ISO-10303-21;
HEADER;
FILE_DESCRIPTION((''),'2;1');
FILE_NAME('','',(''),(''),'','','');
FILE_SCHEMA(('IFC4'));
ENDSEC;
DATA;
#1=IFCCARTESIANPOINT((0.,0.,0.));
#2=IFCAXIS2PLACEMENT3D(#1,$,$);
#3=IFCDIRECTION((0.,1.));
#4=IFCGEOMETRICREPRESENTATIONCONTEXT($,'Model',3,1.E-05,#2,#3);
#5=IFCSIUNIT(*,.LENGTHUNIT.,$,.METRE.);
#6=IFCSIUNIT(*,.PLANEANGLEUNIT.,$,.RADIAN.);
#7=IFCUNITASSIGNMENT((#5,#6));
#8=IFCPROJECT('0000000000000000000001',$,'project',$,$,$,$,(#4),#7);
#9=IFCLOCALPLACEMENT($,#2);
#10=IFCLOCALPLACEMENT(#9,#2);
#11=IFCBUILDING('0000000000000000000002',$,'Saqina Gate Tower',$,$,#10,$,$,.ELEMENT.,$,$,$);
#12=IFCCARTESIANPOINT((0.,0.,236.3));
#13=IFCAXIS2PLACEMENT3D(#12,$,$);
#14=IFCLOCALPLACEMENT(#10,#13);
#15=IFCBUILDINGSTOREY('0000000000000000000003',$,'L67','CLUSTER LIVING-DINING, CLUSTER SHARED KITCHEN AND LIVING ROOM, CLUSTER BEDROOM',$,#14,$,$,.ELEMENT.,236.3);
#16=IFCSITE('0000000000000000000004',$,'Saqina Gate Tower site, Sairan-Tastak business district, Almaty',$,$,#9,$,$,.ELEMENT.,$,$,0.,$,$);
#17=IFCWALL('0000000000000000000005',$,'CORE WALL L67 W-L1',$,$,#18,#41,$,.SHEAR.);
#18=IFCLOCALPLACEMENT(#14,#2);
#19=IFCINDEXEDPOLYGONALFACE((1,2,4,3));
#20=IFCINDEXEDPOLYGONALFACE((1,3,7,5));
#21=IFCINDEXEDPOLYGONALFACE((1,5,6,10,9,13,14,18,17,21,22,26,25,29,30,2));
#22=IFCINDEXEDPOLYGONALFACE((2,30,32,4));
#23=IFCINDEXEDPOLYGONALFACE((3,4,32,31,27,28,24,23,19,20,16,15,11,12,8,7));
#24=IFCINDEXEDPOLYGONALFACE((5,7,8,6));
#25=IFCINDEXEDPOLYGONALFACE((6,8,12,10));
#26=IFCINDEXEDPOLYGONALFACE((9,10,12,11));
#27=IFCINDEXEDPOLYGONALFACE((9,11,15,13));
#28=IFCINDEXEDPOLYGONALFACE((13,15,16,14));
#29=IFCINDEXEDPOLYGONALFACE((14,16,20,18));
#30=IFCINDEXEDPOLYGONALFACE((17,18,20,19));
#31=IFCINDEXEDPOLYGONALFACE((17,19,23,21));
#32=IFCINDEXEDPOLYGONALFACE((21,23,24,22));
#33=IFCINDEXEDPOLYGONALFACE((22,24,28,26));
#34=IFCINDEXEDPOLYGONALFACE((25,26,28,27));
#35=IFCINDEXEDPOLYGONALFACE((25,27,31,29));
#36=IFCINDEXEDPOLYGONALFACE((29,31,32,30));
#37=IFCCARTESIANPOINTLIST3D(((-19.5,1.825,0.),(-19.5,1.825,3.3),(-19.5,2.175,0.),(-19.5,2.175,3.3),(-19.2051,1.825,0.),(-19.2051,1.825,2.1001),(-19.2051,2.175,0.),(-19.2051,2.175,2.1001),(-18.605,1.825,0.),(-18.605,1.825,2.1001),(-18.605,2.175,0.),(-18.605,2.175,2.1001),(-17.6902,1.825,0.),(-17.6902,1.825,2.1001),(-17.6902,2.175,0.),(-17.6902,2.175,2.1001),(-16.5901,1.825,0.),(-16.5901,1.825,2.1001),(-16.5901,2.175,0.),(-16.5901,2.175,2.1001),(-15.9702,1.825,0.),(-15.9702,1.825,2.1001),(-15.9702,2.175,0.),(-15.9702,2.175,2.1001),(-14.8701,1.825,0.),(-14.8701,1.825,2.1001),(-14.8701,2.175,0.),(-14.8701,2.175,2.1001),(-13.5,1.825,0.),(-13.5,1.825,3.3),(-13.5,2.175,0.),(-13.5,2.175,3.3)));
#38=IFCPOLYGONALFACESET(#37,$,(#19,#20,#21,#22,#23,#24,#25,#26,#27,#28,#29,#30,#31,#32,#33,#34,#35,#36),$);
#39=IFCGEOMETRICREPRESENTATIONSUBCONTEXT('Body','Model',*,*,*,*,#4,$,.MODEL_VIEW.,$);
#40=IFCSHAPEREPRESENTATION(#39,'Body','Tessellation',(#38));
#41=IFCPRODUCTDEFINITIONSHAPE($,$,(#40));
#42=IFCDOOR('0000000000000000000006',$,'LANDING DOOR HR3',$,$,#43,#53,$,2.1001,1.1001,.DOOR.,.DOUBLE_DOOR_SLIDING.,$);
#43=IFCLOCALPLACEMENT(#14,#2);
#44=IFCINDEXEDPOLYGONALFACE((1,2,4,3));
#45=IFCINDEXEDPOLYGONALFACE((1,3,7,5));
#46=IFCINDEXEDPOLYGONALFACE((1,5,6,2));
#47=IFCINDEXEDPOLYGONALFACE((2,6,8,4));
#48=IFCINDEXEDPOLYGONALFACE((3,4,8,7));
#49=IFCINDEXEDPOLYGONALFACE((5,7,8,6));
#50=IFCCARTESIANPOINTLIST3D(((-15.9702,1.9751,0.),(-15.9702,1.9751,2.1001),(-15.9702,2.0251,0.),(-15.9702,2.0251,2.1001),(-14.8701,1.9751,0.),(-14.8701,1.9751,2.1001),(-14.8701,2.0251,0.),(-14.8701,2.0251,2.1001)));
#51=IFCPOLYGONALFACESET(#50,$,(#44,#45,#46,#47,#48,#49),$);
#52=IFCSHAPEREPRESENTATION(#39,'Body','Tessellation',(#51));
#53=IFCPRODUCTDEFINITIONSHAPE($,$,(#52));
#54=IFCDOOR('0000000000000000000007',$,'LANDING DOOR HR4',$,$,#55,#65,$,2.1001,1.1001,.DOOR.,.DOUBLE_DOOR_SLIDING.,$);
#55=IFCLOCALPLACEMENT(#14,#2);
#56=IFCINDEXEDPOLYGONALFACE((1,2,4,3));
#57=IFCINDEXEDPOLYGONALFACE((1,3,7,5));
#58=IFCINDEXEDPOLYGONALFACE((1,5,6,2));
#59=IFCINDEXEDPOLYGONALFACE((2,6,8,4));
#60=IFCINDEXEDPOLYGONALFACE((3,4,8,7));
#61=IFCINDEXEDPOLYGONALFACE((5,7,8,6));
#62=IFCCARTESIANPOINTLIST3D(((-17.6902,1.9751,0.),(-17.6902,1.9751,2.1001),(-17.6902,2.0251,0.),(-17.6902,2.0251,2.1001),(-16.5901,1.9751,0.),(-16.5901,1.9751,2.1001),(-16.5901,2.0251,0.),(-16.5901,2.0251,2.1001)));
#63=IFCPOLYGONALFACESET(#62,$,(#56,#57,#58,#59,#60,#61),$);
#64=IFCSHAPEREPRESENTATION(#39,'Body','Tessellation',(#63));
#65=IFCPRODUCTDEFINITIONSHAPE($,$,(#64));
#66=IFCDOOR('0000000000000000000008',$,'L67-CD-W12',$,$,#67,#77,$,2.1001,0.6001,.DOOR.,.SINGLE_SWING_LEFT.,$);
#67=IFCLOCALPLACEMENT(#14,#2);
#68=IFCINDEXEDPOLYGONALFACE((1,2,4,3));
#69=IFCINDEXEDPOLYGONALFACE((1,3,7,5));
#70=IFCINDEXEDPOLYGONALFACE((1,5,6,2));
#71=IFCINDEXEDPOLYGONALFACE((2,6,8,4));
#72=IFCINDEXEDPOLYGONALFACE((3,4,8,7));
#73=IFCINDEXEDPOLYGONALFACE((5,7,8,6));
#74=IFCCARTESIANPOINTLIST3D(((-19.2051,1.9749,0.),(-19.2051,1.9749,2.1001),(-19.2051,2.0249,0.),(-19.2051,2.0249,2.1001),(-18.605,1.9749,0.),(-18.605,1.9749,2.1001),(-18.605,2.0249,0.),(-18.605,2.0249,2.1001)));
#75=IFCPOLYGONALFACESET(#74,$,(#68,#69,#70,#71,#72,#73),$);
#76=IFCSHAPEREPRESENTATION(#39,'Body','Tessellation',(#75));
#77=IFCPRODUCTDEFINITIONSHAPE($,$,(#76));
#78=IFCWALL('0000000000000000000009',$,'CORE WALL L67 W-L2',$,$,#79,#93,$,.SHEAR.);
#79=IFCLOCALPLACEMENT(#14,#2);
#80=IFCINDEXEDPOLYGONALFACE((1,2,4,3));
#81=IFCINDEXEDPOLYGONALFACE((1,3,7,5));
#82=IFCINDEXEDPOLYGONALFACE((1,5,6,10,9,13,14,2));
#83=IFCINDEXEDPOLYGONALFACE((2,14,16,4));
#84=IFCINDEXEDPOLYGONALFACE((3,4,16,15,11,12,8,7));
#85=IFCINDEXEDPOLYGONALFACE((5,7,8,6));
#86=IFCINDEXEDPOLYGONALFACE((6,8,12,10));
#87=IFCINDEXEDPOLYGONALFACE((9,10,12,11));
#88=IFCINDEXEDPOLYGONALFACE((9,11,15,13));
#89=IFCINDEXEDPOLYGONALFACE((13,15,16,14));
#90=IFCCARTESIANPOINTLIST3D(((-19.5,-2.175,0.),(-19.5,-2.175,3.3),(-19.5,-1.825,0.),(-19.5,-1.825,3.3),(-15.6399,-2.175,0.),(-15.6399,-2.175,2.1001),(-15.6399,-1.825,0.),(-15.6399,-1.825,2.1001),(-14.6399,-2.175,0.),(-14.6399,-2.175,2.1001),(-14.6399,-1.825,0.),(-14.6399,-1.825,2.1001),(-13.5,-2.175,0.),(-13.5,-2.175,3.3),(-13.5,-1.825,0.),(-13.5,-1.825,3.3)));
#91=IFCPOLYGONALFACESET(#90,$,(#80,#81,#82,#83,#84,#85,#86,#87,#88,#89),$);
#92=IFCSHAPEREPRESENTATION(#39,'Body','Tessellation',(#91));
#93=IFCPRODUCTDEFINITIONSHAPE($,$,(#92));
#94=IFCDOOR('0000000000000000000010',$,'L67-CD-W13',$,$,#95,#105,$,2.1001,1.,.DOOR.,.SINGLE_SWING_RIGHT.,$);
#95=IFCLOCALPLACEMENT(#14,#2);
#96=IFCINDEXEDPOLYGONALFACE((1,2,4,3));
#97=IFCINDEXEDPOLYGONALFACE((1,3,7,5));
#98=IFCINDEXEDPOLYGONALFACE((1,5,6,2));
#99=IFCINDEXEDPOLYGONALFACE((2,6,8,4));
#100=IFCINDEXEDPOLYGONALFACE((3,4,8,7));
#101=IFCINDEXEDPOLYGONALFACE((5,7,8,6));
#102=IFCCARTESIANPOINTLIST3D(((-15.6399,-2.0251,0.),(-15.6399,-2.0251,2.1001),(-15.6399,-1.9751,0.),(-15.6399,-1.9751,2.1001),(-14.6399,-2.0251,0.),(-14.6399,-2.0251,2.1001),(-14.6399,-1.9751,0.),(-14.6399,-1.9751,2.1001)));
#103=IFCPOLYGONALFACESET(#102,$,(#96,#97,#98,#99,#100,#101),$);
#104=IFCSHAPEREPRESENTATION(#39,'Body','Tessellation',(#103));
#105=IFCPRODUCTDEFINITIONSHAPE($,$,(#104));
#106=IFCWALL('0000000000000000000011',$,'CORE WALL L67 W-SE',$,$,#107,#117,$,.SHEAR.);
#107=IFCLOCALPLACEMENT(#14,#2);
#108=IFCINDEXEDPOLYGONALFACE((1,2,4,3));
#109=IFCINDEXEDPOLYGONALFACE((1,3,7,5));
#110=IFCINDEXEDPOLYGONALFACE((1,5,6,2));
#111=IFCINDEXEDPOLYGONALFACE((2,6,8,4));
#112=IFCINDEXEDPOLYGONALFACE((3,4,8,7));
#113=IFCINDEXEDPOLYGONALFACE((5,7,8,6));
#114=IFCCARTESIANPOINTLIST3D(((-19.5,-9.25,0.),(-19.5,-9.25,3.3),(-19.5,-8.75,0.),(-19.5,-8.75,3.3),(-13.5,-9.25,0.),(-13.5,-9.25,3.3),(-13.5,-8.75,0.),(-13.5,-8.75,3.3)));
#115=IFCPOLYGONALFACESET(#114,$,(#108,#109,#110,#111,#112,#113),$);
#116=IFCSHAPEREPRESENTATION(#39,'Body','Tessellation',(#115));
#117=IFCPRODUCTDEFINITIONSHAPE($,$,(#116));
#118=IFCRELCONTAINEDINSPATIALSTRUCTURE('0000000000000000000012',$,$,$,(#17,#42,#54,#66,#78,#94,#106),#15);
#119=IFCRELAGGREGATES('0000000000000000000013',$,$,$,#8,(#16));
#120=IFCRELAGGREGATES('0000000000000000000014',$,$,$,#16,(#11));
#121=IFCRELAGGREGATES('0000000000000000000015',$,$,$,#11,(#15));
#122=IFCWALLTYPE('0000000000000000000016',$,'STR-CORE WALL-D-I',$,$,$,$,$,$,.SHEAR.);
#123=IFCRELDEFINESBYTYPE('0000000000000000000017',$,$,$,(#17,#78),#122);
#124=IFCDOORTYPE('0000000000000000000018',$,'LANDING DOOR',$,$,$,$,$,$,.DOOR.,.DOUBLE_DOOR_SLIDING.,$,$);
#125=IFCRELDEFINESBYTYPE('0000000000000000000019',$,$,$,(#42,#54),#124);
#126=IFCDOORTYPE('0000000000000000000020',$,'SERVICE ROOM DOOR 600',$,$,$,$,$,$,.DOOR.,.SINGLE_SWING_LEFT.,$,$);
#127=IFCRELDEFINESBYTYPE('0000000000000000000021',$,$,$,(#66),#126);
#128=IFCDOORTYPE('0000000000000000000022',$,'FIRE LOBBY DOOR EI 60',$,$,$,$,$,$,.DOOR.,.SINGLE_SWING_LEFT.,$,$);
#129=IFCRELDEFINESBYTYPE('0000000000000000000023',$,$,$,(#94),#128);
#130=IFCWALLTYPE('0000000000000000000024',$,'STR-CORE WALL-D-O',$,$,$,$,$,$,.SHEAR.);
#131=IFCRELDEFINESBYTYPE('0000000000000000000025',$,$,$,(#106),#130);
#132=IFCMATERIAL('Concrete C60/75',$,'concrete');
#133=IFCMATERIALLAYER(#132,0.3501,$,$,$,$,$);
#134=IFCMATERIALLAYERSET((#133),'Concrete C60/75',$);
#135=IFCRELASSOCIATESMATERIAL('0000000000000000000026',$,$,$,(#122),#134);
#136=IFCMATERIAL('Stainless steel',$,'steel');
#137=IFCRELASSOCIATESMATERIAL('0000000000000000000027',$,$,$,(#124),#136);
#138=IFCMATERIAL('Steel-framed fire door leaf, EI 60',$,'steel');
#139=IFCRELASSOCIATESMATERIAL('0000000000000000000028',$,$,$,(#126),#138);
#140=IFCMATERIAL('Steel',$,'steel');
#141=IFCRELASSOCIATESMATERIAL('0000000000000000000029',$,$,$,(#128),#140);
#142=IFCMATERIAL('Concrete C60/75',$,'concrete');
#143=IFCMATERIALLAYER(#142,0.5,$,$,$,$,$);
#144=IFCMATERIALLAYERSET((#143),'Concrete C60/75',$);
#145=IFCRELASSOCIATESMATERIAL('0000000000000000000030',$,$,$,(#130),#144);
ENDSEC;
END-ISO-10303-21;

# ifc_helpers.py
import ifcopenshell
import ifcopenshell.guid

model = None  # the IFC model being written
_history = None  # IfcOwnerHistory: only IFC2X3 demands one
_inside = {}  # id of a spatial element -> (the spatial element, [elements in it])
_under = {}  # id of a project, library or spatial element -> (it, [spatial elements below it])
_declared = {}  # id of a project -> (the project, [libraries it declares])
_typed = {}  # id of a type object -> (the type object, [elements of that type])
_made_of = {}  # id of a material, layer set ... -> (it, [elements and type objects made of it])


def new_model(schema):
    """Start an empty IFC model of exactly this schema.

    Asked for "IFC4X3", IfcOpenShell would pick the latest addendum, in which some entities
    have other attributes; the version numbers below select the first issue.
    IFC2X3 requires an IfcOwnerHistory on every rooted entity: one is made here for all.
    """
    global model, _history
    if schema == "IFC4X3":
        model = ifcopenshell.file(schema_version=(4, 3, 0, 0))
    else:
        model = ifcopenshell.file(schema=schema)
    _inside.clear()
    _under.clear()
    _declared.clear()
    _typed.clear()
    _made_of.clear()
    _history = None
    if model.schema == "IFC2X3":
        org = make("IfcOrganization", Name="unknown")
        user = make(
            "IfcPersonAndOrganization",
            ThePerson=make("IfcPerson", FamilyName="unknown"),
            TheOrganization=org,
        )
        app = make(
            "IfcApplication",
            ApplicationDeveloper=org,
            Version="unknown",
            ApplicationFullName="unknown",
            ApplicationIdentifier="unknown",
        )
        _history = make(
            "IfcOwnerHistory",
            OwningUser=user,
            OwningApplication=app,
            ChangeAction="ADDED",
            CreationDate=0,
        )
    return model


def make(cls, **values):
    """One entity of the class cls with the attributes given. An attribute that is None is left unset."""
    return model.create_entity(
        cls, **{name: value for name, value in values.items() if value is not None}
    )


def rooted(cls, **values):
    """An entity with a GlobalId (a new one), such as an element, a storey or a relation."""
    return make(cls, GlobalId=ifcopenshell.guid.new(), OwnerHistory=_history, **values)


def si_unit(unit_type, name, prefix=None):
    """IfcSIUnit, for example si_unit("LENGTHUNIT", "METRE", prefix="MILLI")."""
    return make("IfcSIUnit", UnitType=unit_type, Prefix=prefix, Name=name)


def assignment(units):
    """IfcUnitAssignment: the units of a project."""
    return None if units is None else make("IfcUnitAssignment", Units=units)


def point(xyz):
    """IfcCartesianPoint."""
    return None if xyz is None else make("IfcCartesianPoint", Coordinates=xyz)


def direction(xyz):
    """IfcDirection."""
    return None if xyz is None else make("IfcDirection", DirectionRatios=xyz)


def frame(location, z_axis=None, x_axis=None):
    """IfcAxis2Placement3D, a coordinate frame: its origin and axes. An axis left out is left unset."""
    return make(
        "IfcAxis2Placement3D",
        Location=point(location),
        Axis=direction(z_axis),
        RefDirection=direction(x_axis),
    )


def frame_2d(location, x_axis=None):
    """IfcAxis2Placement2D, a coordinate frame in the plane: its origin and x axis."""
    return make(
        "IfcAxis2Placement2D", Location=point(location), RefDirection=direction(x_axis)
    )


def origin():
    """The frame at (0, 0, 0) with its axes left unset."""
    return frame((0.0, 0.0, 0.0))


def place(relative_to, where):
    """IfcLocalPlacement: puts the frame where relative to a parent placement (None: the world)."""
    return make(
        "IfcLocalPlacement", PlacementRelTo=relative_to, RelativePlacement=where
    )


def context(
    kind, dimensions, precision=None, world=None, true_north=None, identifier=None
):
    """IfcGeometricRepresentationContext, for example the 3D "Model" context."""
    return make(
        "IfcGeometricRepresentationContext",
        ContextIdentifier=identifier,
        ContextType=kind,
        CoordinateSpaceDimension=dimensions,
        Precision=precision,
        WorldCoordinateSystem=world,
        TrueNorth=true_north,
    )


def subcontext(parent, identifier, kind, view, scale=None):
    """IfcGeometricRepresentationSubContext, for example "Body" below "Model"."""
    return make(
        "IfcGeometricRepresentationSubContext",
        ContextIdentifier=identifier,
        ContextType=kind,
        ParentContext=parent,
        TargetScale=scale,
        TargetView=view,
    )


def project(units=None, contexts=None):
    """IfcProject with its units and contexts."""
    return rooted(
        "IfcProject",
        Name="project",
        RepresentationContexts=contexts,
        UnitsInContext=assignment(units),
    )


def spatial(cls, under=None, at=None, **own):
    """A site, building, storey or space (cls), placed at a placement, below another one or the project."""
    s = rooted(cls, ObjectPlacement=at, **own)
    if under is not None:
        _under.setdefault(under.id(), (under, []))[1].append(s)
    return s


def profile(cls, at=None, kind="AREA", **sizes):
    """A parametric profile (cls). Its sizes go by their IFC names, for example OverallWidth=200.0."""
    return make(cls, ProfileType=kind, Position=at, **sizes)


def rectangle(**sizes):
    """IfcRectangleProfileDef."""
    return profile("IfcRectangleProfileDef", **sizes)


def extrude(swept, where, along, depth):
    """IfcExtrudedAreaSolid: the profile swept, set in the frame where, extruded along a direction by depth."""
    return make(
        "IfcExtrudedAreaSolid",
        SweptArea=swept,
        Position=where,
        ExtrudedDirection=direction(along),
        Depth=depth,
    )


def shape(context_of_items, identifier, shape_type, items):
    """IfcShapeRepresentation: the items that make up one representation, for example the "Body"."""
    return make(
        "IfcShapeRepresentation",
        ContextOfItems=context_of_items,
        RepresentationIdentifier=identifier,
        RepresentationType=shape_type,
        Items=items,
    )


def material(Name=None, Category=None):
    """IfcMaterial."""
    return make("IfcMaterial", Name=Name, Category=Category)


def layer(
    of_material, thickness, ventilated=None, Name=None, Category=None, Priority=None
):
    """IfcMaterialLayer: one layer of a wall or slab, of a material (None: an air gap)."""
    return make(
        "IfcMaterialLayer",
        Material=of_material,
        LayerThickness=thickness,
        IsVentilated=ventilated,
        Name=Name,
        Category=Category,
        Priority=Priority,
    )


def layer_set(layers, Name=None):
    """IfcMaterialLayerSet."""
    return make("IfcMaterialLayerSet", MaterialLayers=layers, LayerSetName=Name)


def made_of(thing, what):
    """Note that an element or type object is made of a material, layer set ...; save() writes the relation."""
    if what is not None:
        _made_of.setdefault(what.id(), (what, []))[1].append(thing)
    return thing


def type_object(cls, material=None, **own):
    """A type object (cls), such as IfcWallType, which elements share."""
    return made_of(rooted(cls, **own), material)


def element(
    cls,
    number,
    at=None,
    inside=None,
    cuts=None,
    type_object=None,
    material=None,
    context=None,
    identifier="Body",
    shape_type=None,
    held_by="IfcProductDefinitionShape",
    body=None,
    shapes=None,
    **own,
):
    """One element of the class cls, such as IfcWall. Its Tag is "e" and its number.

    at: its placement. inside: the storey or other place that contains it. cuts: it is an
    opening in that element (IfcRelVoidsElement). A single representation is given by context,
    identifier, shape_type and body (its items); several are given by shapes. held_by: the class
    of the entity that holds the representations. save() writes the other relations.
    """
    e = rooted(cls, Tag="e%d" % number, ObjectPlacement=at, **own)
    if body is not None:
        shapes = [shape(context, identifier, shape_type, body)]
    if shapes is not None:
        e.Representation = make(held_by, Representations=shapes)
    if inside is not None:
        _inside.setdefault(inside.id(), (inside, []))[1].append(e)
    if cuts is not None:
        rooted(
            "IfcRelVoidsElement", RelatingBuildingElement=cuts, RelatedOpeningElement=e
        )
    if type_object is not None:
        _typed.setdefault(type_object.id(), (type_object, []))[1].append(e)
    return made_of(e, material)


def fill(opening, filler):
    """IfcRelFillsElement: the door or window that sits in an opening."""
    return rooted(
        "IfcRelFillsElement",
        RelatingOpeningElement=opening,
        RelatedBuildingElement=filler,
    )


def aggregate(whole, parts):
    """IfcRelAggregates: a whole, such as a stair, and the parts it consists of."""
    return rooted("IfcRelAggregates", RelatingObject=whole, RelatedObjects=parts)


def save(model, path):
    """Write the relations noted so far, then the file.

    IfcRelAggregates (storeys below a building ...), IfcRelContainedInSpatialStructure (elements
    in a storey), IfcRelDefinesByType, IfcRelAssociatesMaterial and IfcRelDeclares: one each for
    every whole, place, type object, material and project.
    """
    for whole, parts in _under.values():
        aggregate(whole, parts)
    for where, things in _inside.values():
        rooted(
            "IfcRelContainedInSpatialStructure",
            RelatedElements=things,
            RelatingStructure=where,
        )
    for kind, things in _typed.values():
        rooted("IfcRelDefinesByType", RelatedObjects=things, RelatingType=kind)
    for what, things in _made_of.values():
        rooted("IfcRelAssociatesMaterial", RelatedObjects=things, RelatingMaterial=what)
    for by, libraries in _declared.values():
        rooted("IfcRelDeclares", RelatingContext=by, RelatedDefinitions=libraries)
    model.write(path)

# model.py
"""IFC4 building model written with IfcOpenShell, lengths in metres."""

from ifc_helpers import new_model, si_unit, direction, frame, frame_2d, origin, place, context, subcontext, project, spatial, rectangle, extrude, material, layer, layer_set, type_object, element, fill, save


model = new_model("IFC4")

# Units and contexts
model_context = context("Model", 3, precision=1e-05, world=origin(), true_north=direction((0.0, 1.0)))
body_context = subcontext(model_context, "Body", "Model", "MODEL_VIEW")
ifc_project = project(units=[si_unit("LENGTHUNIT", "METRE"), si_unit("PLANEANGLEUNIT", "RADIAN")], contexts=[model_context])

# Site, building, storey
site_placement = place(None, origin())
site = spatial("IfcSite", under=ifc_project, at=site_placement, Name="Saqina Gate Tower site, Sairan-Tastak business district, Almaty", CompositionType="ELEMENT", RefElevation=0.0)
building_placement = place(site_placement, origin())
building = spatial("IfcBuilding", under=site, at=building_placement, Name="Saqina Gate Tower", CompositionType="ELEMENT")
storey_placement = place(building_placement, frame((0.0, 0.0, 236.3)))
storey = spatial("IfcBuildingStorey", under=building, at=storey_placement, Name="L67", Description="CLUSTER LIVING-DINING, CLUSTER SHARED KITCHEN AND LIVING ROOM, CLUSTER BEDROOM", CompositionType="ELEMENT", Elevation=236.3)

# Shared definitions
ifc_material_1 = material(Name="Concrete C60/75", Category="concrete")
ifc_layer_1 = layer(ifc_material_1, 0.3501)
ifc_layer_set_1 = layer_set([ifc_layer_1], Name="Concrete C60/75")
wall_type_1 = type_object("IfcWallType", Name="STR-CORE WALL-D-I", PredefinedType="SHEAR", material=ifc_layer_set_1)

# Wall, openings, doors
wall_1_placement = place(storey_placement, frame((-13.5, 2.0, 0.0), z_axis=(0.0, 0.0, 1.0), x_axis=(-1.0, 0.0, 0.0)))
wall_1 = element("IfcWall", 1, at=wall_1_placement, inside=storey, type_object=wall_type_1, Name="CORE WALL L67 W-L1", PredefinedType="SHEAR", context=body_context, shape_type="SweptSolid", body=[
    extrude(rectangle(XDim=6.0, YDim=0.3501, at=frame_2d((3.0, 0.0))), origin(), (0.0, 0.0, 1.0), 3.3),
])
opening_1_placement = place(wall_1_placement, frame((1.3701, 0.0, 0.0)))
opening_1 = element("IfcOpeningElement", 2, at=opening_1_placement, cuts=wall_1, PredefinedType="OPENING", context=body_context, shape_type="SweptSolid", body=[
    extrude(rectangle(XDim=1.1001, YDim=2.1001, at=frame_2d((0.55, 1.05))), frame((0.0, 0.187, 0.0), z_axis=(0.0, -1.0, 0.0), x_axis=(1.0, 0.0, 0.0)), (0.0, 0.0, 1.0), 0.374),
])
opening_2_placement = place(wall_1_placement, frame((3.0901, 0.0, 0.0)))
opening_2 = element("IfcOpeningElement", 3, at=opening_2_placement, cuts=wall_1, PredefinedType="OPENING", context=body_context, shape_type="SweptSolid", body=[
    extrude(rectangle(XDim=1.1001, YDim=2.1001, at=frame_2d((0.55, 1.05))), frame((0.0, 0.187, 0.0), z_axis=(0.0, -1.0, 0.0), x_axis=(1.0, 0.0, 0.0)), (0.0, 0.0, 1.0), 0.374),
])
opening_3_placement = place(wall_1_placement, frame((5.105, 0.0, 0.0)))
opening_3 = element("IfcOpeningElement", 4, at=opening_3_placement, cuts=wall_1, PredefinedType="OPENING", context=body_context, shape_type="SweptSolid", body=[
    extrude(rectangle(XDim=0.6001, YDim=2.1001, at=frame_2d((0.3, 1.05))), frame((0.0, 0.187, 0.0), z_axis=(0.0, -1.0, 0.0), x_axis=(1.0, 0.0, 0.0)), (0.0, 0.0, 1.0), 0.374),
])
ifc_material_2 = material(Name="Stainless steel", Category="steel")
door_type_1 = type_object("IfcDoorType", Name="LANDING DOOR", OperationType="DOUBLE_DOOR_SLIDING", PredefinedType="DOOR", material=ifc_material_2)
door_1_placement = place(opening_1_placement, origin())
door_1 = element("IfcDoor", 5, at=door_1_placement, inside=storey, type_object=door_type_1, Name="LANDING DOOR HR3", OperationType="DOUBLE_DOOR_SLIDING", OverallHeight=2.1001, OverallWidth=1.1001, PredefinedType="DOOR", context=body_context, shape_type="SweptSolid", body=[
    extrude(rectangle(XDim=1.1001, YDim=2.1001, at=frame_2d((0.55, 1.05))), frame((0.0, 0.0249, 0.0), z_axis=(0.0, -1.0, 0.0), x_axis=(1.0, 0.0, 0.0)), (0.0, 0.0, 1.0), 0.05),
])
fill(opening_1, door_1)
door_2_placement = place(opening_2_placement, origin())
door_2 = element("IfcDoor", 6, at=door_2_placement, inside=storey, type_object=door_type_1, Name="LANDING DOOR HR4", OperationType="DOUBLE_DOOR_SLIDING", OverallHeight=2.1001, OverallWidth=1.1001, PredefinedType="DOOR", context=body_context, shape_type="SweptSolid", body=[
    extrude(rectangle(XDim=1.1001, YDim=2.1001, at=frame_2d((0.55, 1.05))), frame((0.0, 0.0249, 0.0), z_axis=(0.0, -1.0, 0.0), x_axis=(1.0, 0.0, 0.0)), (0.0, 0.0, 1.0), 0.05),
])
fill(opening_2, door_2)
ifc_material_3 = material(Name="Steel-framed fire door leaf, EI 60", Category="steel")
door_type_2 = type_object("IfcDoorType", Name="SERVICE ROOM DOOR 600", OperationType="SINGLE_SWING_LEFT", PredefinedType="DOOR", material=ifc_material_3)
door_3_placement = place(opening_3_placement, frame((0.6001, 0.0, 0.0), z_axis=(0.0, 0.0, 1.0), x_axis=(-1.0, 0.0, 0.0)))
door_3 = element("IfcDoor", 7, at=door_3_placement, inside=storey, type_object=door_type_2, Name="L67-CD-W12", OperationType="SINGLE_SWING_LEFT", OverallHeight=2.1001, OverallWidth=0.6001, PredefinedType="DOOR", context=body_context, shape_type="SweptSolid", body=[
    extrude(rectangle(XDim=0.6001, YDim=2.1001, at=frame_2d((0.3, 1.05))), frame((0.0, 0.0249, 0.0), z_axis=(0.0, -1.0, 0.0), x_axis=(1.0, 0.0, 0.0)), (0.0, 0.0, 1.0), 0.05),
])
fill(opening_3, door_3)

# Wall, opening, door
wall_2_placement = place(storey_placement, frame((-13.5, -2.0, 0.0), z_axis=(0.0, 0.0, 1.0), x_axis=(-1.0, 0.0, 0.0)))
wall_2 = element("IfcWall", 8, at=wall_2_placement, inside=storey, type_object=wall_type_1, Name="CORE WALL L67 W-L2", PredefinedType="SHEAR", context=body_context, shape_type="SweptSolid", body=[
    extrude(rectangle(XDim=6.0, YDim=0.3501, at=frame_2d((3.0, 0.0))), origin(), (0.0, 0.0, 1.0), 3.3),
])
opening_4_placement = place(wall_2_placement, frame((1.1399, 0.0, 0.0)))
opening_4 = element("IfcOpeningElement", 9, at=opening_4_placement, cuts=wall_2, PredefinedType="OPENING", context=body_context, shape_type="SweptSolid", body=[
    extrude(rectangle(XDim=1.0, YDim=2.1001, at=frame_2d((0.5, 1.05))), frame((0.0, 0.187, 0.0), z_axis=(0.0, -1.0, 0.0), x_axis=(1.0, 0.0, 0.0)), (0.0, 0.0, 1.0), 0.374),
])
ifc_material_4 = material(Name="Steel", Category="steel")
door_type_3 = type_object("IfcDoorType", Name="FIRE LOBBY DOOR EI 60", OperationType="SINGLE_SWING_LEFT", PredefinedType="DOOR", material=ifc_material_4)
door_4_placement = place(opening_4_placement, frame((1.0, 0.0, 0.0), z_axis=(0.0, 0.0, 1.0), x_axis=(-1.0, 0.0, 0.0)))
door_4 = element("IfcDoor", 10, at=door_4_placement, inside=storey, type_object=door_type_3, Name="L67-CD-W13", OperationType="SINGLE_SWING_RIGHT", OverallHeight=2.1001, OverallWidth=1.0, PredefinedType="DOOR", context=body_context, shape_type="SweptSolid", body=[
    extrude(rectangle(XDim=1.0, YDim=2.1001, at=frame_2d((0.5, 1.05))), frame((0.0, 0.0249, 0.0), z_axis=(0.0, -1.0, 0.0), x_axis=(1.0, 0.0, 0.0)), (0.0, 0.0, 1.0), 0.05),
])
fill(opening_4, door_4)

# Shared definitions
ifc_material_5 = material(Name="Concrete C60/75", Category="concrete")
ifc_layer_2 = layer(ifc_material_5, 0.5)
ifc_layer_set_2 = layer_set([ifc_layer_2], Name="Concrete C60/75")
wall_type_2 = type_object("IfcWallType", Name="STR-CORE WALL-D-O", PredefinedType="SHEAR", material=ifc_layer_set_2)

# Wall
wall_3_placement = place(storey_placement, frame((-13.5, -9.0, 0.0), z_axis=(0.0, 0.0, 1.0), x_axis=(-1.0, 0.0, 0.0)))
element("IfcWall", 11, at=wall_3_placement, inside=storey, type_object=wall_type_2, Name="CORE WALL L67 W-SE", PredefinedType="SHEAR", context=body_context, shape_type="SweptSolid", body=[
    extrude(rectangle(XDim=6.0, YDim=0.5, at=frame_2d((3.0, 0.0))), origin(), (0.0, 0.0, 1.0), 3.3),
])

save(model, "model.ifc")
